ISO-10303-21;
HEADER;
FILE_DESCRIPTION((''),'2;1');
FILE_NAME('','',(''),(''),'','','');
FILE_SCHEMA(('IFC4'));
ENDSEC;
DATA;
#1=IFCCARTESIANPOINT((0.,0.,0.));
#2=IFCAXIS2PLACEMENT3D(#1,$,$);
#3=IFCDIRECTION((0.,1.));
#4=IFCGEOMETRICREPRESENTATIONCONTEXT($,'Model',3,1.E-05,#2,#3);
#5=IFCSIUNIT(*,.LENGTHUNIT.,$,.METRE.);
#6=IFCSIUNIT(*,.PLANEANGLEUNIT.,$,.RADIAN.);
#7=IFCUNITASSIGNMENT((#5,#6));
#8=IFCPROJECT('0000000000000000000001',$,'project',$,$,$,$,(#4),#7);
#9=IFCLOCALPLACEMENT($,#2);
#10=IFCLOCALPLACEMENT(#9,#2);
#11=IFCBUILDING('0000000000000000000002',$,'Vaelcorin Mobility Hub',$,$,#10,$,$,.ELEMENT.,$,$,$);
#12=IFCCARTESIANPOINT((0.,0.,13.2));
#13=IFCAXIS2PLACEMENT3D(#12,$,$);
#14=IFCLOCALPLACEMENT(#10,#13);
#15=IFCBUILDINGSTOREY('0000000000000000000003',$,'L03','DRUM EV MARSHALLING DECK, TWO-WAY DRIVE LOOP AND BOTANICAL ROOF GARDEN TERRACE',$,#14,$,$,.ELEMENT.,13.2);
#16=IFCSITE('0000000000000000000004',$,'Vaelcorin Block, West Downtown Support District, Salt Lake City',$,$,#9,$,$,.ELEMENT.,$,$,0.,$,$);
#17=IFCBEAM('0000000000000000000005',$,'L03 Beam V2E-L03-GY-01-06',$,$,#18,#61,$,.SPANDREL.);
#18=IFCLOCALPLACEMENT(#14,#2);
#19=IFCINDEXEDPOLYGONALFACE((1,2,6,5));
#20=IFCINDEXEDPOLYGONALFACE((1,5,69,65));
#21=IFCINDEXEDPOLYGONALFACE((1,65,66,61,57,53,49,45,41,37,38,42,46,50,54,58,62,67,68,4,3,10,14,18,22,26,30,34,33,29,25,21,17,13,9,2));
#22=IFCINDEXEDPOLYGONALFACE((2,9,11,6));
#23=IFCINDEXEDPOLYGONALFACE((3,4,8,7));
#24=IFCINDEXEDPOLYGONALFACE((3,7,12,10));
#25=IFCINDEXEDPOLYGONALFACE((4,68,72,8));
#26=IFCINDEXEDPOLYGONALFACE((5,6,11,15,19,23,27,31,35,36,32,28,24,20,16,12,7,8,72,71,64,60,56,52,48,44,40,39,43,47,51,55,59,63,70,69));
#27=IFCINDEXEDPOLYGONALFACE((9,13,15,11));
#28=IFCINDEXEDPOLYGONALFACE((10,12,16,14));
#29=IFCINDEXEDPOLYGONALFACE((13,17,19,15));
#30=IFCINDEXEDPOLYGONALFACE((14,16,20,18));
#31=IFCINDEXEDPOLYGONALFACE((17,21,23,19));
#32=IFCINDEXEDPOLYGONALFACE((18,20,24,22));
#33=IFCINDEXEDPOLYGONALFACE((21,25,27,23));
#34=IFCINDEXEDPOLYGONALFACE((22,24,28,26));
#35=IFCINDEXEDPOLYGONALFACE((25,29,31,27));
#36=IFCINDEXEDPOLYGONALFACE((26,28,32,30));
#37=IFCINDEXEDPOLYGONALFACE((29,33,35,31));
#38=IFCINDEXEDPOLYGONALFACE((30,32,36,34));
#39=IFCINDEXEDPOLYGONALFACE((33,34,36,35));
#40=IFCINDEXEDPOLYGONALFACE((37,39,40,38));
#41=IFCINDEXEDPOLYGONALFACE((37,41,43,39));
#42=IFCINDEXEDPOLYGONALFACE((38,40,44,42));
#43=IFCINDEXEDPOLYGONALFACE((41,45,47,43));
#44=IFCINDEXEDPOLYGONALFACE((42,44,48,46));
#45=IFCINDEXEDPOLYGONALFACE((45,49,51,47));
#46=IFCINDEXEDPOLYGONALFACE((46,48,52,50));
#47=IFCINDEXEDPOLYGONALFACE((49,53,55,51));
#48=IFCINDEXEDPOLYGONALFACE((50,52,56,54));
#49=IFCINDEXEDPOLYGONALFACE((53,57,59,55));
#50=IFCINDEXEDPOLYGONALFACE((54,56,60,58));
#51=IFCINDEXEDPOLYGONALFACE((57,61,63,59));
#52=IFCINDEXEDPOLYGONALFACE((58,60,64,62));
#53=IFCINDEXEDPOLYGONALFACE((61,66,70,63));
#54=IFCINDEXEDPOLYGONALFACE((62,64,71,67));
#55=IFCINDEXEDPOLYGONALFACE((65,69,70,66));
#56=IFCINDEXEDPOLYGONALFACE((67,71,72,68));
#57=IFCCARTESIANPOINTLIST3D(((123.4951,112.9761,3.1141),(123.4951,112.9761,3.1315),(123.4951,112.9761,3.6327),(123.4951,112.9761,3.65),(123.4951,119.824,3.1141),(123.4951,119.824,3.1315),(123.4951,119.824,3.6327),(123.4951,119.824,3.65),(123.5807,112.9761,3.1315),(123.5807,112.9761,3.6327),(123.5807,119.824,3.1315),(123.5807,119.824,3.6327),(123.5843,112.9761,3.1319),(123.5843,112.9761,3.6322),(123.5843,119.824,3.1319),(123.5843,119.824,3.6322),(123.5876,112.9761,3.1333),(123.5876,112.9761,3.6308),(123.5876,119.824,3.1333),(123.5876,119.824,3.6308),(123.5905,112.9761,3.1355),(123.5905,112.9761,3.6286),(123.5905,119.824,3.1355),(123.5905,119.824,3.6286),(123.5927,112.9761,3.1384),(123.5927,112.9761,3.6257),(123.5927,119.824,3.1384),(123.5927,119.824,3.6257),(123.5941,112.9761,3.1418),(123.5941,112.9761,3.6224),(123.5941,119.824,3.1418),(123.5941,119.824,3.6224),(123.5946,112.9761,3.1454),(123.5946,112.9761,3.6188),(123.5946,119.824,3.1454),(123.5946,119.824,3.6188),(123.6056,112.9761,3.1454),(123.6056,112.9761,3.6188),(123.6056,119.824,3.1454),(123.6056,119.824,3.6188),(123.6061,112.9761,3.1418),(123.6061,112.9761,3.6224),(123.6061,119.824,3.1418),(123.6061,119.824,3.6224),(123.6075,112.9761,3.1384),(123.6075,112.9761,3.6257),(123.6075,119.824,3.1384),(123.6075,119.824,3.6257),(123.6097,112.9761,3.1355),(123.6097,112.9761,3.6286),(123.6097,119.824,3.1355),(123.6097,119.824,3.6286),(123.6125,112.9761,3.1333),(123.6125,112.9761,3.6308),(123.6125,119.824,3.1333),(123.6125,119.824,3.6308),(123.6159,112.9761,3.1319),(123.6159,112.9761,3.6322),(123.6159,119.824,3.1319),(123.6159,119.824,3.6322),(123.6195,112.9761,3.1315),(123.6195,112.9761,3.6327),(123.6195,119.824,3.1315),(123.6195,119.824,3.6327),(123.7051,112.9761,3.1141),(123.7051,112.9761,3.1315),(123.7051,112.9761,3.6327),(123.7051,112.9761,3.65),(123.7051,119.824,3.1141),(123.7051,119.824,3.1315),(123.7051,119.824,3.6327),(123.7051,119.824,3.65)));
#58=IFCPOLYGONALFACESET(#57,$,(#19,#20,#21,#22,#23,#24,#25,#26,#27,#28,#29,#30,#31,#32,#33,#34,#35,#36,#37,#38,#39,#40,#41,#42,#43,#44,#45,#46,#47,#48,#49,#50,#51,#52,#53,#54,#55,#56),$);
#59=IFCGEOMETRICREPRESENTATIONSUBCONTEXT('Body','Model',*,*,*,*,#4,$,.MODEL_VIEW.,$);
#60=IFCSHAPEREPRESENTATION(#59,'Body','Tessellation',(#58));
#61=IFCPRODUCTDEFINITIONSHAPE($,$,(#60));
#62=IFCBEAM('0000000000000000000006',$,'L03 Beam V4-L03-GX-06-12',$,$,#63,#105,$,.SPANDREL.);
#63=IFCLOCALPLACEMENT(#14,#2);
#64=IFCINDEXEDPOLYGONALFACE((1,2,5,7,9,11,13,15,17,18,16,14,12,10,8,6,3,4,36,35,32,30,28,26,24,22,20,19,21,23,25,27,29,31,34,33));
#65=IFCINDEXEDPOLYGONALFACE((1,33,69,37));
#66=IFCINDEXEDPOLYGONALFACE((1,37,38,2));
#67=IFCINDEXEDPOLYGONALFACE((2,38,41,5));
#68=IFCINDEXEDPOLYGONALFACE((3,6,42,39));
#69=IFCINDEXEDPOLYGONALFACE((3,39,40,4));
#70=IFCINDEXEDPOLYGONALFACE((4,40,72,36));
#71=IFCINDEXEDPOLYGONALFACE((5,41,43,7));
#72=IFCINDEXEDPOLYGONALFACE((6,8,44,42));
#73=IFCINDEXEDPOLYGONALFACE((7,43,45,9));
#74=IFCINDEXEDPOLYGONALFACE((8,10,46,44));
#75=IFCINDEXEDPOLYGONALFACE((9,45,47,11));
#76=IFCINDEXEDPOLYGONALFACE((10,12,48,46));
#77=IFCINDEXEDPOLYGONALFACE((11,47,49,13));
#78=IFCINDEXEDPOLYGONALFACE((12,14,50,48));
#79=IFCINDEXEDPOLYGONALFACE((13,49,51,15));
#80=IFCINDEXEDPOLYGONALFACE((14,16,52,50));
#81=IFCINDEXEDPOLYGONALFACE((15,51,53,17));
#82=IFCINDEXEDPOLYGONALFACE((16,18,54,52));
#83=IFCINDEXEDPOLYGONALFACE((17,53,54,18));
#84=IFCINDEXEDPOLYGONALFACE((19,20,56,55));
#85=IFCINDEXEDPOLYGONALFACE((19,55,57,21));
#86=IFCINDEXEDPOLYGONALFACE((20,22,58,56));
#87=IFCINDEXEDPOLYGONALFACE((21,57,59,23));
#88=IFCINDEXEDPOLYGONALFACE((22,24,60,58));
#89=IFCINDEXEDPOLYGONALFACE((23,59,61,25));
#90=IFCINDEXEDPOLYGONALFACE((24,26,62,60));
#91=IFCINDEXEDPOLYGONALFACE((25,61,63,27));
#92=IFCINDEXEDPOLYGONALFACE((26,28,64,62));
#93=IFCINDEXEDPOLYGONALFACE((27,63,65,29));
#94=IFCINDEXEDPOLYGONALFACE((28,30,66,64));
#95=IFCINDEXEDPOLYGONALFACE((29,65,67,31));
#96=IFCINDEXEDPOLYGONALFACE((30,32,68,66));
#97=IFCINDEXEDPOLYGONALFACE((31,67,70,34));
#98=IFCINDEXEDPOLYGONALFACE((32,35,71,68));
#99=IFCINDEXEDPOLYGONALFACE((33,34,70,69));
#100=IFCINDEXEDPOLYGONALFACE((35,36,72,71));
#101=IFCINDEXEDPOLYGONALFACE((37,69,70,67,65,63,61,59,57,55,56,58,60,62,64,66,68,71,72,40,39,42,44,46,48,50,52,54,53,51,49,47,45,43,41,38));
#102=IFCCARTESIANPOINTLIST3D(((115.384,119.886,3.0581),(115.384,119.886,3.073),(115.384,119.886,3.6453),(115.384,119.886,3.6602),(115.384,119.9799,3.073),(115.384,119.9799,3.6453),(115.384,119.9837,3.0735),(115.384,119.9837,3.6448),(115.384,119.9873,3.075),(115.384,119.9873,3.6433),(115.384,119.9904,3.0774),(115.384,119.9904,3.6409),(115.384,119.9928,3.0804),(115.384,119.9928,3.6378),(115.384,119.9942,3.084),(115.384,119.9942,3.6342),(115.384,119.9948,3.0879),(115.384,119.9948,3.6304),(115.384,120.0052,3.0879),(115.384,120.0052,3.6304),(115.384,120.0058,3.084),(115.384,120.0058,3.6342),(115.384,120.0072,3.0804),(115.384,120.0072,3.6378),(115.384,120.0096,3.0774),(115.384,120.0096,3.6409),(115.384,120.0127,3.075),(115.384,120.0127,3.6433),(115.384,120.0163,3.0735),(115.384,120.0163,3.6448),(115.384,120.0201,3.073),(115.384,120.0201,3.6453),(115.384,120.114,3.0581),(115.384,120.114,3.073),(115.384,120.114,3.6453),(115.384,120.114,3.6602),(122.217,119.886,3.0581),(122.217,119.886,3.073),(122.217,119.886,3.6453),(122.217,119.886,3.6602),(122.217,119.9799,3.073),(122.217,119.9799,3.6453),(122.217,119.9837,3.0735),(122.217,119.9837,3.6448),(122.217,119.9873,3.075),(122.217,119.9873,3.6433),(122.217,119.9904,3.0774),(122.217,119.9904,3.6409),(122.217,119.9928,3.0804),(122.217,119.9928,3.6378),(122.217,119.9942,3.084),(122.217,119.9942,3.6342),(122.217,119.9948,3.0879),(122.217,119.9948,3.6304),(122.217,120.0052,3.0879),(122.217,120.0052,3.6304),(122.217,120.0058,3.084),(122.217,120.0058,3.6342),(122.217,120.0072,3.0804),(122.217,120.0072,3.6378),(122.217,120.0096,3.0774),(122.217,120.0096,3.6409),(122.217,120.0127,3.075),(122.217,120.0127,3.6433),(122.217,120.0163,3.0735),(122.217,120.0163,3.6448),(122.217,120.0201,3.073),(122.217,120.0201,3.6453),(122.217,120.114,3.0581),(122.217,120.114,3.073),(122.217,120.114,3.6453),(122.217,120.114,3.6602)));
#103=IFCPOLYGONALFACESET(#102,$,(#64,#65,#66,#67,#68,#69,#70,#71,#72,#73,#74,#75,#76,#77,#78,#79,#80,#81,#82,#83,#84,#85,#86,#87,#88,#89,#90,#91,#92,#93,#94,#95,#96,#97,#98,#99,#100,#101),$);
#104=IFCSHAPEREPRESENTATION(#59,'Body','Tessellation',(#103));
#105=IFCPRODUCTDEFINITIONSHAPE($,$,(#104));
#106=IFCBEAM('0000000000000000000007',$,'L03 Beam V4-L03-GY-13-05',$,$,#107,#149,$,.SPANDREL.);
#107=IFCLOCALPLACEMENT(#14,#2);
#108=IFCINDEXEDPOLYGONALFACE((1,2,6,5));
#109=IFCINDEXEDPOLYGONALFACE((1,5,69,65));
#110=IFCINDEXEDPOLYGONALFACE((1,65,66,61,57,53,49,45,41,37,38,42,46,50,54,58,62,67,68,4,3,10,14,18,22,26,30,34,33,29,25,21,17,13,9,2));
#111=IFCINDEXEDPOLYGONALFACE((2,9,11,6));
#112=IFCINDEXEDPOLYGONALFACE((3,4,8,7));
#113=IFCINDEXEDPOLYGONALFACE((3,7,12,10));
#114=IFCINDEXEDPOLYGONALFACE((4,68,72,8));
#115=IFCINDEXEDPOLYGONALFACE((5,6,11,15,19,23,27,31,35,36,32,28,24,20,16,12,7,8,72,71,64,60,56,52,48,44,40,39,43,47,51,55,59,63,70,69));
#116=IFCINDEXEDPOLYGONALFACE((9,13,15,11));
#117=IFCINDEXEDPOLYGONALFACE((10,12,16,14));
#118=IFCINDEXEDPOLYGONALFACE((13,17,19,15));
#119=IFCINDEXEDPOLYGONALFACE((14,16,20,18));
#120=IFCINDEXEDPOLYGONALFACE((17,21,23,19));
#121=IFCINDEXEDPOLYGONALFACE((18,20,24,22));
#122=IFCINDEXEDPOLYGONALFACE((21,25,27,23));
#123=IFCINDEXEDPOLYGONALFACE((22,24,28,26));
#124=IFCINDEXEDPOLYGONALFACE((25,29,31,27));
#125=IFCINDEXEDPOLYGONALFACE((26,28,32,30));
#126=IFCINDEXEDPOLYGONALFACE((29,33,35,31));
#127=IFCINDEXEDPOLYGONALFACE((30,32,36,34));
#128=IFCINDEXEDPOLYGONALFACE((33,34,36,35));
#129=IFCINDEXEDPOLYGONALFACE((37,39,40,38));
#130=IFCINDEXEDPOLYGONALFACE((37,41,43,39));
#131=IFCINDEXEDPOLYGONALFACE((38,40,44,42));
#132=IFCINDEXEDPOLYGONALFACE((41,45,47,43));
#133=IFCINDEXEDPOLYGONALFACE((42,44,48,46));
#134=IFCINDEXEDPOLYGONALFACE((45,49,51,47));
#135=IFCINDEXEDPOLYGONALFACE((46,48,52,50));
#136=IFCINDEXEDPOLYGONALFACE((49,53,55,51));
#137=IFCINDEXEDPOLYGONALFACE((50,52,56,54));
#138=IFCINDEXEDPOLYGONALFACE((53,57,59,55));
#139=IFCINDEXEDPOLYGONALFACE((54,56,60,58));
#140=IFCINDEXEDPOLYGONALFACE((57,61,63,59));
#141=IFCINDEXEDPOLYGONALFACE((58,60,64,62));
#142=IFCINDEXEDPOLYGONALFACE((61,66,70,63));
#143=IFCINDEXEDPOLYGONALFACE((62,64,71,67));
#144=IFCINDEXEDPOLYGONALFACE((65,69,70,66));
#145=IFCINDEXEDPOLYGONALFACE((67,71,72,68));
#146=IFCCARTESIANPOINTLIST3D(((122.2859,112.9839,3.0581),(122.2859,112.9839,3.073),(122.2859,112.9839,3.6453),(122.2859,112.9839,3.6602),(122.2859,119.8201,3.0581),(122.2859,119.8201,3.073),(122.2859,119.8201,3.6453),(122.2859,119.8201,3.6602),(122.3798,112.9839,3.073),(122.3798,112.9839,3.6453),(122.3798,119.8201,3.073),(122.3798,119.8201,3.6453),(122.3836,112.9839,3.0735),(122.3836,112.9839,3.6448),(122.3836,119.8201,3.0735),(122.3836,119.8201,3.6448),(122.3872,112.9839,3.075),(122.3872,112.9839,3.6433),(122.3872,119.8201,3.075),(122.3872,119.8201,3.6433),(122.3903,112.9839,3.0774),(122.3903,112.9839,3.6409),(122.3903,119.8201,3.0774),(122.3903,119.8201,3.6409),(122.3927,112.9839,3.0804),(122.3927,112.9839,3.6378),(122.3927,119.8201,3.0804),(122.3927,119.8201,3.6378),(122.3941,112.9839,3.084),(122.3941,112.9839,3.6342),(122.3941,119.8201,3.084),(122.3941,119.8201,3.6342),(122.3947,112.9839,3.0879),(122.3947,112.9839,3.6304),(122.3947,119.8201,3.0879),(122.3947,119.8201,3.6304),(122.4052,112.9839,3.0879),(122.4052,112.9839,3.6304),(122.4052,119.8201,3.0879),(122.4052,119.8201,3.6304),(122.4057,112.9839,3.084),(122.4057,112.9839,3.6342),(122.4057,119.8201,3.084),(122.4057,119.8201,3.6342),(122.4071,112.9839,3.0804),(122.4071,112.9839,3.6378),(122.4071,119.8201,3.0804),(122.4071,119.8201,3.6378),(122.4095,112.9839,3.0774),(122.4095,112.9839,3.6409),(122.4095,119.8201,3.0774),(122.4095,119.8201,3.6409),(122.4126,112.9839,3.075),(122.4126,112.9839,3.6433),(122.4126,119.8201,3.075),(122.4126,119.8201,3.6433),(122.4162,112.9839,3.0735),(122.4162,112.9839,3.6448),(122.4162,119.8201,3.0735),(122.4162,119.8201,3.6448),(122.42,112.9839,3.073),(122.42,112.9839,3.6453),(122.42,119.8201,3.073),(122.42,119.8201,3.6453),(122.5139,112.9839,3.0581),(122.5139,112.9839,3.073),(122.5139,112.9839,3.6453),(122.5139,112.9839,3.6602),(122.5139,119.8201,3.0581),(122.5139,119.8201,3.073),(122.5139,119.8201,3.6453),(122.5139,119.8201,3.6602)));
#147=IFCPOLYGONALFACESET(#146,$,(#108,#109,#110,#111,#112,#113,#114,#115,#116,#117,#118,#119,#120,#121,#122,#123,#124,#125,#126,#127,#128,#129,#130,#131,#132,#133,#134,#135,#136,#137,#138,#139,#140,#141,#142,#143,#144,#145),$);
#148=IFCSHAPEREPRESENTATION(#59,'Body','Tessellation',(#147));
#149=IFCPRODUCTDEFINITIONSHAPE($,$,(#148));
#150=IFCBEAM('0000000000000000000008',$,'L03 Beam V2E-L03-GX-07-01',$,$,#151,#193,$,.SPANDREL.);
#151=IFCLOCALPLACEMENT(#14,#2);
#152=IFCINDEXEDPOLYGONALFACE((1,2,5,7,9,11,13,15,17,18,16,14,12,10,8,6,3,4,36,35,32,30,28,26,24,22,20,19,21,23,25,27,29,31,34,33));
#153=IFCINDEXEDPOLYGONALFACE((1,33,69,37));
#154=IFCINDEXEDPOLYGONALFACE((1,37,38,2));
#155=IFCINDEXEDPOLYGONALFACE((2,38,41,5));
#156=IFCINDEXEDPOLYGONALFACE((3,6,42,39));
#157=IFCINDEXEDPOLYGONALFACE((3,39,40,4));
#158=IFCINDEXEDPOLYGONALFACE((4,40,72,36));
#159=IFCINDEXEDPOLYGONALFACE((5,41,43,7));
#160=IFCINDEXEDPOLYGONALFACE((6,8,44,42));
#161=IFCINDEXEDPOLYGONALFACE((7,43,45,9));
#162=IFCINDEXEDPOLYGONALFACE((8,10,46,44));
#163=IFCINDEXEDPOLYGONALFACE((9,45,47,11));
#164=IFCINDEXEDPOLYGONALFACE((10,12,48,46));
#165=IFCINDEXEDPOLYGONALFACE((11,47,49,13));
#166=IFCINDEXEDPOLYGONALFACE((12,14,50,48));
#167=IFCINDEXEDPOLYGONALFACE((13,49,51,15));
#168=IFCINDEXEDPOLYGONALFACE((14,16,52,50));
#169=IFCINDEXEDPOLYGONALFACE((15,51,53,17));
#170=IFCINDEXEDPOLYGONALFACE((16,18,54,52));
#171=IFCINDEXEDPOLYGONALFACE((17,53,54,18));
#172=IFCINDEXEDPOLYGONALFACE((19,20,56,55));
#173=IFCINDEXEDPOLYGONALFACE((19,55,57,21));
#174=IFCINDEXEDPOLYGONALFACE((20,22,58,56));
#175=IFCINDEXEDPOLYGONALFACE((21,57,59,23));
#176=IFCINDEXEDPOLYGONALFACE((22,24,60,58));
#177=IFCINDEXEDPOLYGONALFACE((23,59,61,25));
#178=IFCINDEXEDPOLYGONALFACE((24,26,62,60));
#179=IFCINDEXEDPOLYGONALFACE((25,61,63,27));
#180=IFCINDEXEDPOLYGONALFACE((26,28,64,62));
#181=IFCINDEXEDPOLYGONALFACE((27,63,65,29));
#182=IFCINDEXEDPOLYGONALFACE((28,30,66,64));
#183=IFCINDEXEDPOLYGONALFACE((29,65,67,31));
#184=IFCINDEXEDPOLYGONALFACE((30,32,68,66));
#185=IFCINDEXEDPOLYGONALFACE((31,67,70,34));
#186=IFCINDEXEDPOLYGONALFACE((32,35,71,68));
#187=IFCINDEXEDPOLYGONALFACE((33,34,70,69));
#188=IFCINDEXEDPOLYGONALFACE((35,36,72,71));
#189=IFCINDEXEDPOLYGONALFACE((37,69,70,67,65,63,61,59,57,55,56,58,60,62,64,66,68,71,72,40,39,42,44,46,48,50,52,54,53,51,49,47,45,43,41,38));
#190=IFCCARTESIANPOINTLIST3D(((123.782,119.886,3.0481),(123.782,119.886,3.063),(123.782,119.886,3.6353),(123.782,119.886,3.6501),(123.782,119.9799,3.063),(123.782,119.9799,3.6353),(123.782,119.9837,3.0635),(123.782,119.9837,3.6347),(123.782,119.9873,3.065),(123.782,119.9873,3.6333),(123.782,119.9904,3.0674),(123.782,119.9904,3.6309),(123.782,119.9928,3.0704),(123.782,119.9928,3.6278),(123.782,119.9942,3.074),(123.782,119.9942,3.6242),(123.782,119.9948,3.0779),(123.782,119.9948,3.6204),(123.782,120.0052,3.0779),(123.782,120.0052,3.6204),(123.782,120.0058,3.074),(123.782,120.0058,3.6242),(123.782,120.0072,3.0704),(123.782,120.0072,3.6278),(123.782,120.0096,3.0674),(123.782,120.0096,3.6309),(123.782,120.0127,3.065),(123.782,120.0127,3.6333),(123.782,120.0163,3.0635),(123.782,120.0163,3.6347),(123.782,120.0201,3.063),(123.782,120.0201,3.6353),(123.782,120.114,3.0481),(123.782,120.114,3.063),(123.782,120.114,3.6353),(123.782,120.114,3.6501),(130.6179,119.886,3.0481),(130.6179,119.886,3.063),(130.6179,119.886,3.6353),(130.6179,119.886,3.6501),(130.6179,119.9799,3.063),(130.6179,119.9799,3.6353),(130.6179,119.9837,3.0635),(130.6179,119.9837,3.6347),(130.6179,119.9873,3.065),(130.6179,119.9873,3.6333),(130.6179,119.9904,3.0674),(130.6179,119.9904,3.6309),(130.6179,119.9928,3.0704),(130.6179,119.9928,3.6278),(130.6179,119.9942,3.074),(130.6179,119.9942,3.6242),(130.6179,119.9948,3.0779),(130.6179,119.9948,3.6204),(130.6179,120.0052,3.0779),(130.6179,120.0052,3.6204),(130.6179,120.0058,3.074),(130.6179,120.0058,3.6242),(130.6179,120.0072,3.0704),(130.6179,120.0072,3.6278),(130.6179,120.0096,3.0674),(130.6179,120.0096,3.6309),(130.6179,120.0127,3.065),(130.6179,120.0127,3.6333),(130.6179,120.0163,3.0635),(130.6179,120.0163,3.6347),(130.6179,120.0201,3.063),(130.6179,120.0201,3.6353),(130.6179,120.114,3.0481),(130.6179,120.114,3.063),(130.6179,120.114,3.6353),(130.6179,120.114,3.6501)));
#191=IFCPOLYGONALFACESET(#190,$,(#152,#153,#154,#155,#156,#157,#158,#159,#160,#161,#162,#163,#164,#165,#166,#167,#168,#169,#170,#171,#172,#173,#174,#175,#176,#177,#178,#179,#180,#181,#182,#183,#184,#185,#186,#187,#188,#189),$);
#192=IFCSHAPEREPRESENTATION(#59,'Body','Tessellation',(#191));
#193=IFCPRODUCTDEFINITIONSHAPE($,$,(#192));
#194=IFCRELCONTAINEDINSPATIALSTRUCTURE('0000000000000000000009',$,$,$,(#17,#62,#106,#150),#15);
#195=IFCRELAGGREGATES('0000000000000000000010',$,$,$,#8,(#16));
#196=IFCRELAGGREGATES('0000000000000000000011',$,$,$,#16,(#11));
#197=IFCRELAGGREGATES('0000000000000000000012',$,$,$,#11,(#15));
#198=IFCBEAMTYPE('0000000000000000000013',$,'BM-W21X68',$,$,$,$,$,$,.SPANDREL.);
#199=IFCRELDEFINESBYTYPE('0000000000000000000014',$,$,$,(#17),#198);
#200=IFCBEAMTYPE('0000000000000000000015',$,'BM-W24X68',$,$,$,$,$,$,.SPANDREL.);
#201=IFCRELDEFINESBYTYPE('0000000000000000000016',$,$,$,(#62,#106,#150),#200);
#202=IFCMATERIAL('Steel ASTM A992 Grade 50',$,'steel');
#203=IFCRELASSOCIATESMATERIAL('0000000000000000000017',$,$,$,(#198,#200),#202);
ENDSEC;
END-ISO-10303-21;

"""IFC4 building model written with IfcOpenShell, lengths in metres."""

from ifc_helpers import new_model, si_unit, direction, frame, origin, origin_2d, place, context, subcontext, project, spatial, i_section, extrude, material, material_profile, profile_set, type_object, element, save


model = new_model("IFC4")

# Units and contexts
model_context = context("Model", 3, precision=1e-05, world=origin(), true_north=direction((0.0, 1.0)))
body_context = subcontext(model_context, "Body", "Model", "MODEL_VIEW")
ifc_project = project(units=[si_unit("LENGTHUNIT", "METRE"), si_unit("PLANEANGLEUNIT", "RADIAN")], contexts=[model_context])

# Site, building, storey
site_placement = place(None, origin())
site = spatial("IfcSite", under=ifc_project, at=site_placement, Name="Vaelcorin Block, West Downtown Support District, Salt Lake City", CompositionType="ELEMENT", RefElevation=0.0)
building_placement = place(site_placement, origin())
building = spatial("IfcBuilding", under=site, at=building_placement, Name="Vaelcorin Mobility Hub", CompositionType="ELEMENT")
storey_placement = place(building_placement, frame((0.0, 0.0, 13.2)))
storey = spatial("IfcBuildingStorey", under=building, at=storey_placement, Name="L03", Description="DRUM EV MARSHALLING DECK, TWO-WAY DRIVE LOOP AND BOTANICAL ROOF GARDEN TERRACE", CompositionType="ELEMENT", Elevation=13.2)

# Shared definitions
ifc_material_1 = material(Name="Steel ASTM A992 Grade 50", Category="steel")

# Beams
ifc_material_profile_1 = material_profile(ifc_material_1, i_section(OverallWidth=0.21, OverallDepth=0.5359, WebThickness=0.011, FlangeThickness=0.0173, FilletRadius=0.0139, at=origin_2d()), Name="W21X68")
ifc_profile_set_1 = profile_set([ifc_material_profile_1], Name="Steel ASTM A992 Grade 50")
beam_type_1 = type_object("IfcBeamType", Name="BM-W21X68", PredefinedType="SPANDREL", material=ifc_profile_set_1)
beam_1_placement = place(storey_placement, frame((123.6001, 112.9761, 3.3821), z_axis=(0.0, 1.0, 0.0), x_axis=(-1.0, 0.0, 0.0)))
element("IfcBeam", 1, at=beam_1_placement, inside=storey, type_object=beam_type_1, Name="L03 Beam V2E-L03-GY-01-06", PredefinedType="SPANDREL", context=body_context, shape_type="SweptSolid", body=[
    extrude(i_section(OverallWidth=0.21, OverallDepth=0.5359, WebThickness=0.011, FlangeThickness=0.0173, FilletRadius=0.0139, at=origin_2d()), origin(), (0.0, 0.0, 1.0), 6.8479),
])
ifc_material_profile_2 = material_profile(ifc_material_1, i_section(OverallWidth=0.228, OverallDepth=0.6021, WebThickness=0.0105, FlangeThickness=0.0149, FilletRadius=0.0149, at=origin_2d()), Name="W24X68")
ifc_profile_set_2 = profile_set([ifc_material_profile_2], Name="Steel ASTM A992 Grade 50")
beam_type_2 = type_object("IfcBeamType", Name="BM-W24X68", PredefinedType="SPANDREL", material=ifc_profile_set_2)
beam_2_placement = place(storey_placement, frame((115.384, 120.0, 3.3591), z_axis=(1.0, 0.0, 0.0), x_axis=(0.0, 1.0, 0.0)))
element("IfcBeam", 2, at=beam_2_placement, inside=storey, type_object=beam_type_2, Name="L03 Beam V4-L03-GX-06-12", PredefinedType="SPANDREL", context=body_context, shape_type="SweptSolid", body=[
    extrude(i_section(OverallWidth=0.228, OverallDepth=0.6021, WebThickness=0.0105, FlangeThickness=0.0149, FilletRadius=0.0149, at=origin_2d()), origin(), (0.0, 0.0, 1.0), 6.833),
])
beam_3_placement = place(storey_placement, frame((122.3999, 112.9839, 3.3591), z_axis=(0.0, 1.0, 0.0), x_axis=(-1.0, 0.0, 0.0)))
element("IfcBeam", 3, at=beam_3_placement, inside=storey, type_object=beam_type_2, Name="L03 Beam V4-L03-GY-13-05", PredefinedType="SPANDREL", context=body_context, shape_type="SweptSolid", body=[
    extrude(i_section(OverallWidth=0.228, OverallDepth=0.6021, WebThickness=0.0105, FlangeThickness=0.0149, FilletRadius=0.0149, at=origin_2d()), origin(), (0.0, 0.0, 1.0), 6.8362),
])
beam_4_placement = place(storey_placement, frame((123.782, 120.0, 3.3491), z_axis=(1.0, 0.0, 0.0), x_axis=(0.0, 1.0, 0.0)))
element("IfcBeam", 4, at=beam_4_placement, inside=storey, type_object=beam_type_2, Name="L03 Beam V2E-L03-GX-07-01", PredefinedType="SPANDREL", context=body_context, shape_type="SweptSolid", body=[
    extrude(i_section(OverallWidth=0.228, OverallDepth=0.6021, WebThickness=0.0105, FlangeThickness=0.0149, FilletRadius=0.0149, at=origin_2d()), origin(), (0.0, 0.0, 1.0), 6.8359),
])

save(model, "model.ifc")
